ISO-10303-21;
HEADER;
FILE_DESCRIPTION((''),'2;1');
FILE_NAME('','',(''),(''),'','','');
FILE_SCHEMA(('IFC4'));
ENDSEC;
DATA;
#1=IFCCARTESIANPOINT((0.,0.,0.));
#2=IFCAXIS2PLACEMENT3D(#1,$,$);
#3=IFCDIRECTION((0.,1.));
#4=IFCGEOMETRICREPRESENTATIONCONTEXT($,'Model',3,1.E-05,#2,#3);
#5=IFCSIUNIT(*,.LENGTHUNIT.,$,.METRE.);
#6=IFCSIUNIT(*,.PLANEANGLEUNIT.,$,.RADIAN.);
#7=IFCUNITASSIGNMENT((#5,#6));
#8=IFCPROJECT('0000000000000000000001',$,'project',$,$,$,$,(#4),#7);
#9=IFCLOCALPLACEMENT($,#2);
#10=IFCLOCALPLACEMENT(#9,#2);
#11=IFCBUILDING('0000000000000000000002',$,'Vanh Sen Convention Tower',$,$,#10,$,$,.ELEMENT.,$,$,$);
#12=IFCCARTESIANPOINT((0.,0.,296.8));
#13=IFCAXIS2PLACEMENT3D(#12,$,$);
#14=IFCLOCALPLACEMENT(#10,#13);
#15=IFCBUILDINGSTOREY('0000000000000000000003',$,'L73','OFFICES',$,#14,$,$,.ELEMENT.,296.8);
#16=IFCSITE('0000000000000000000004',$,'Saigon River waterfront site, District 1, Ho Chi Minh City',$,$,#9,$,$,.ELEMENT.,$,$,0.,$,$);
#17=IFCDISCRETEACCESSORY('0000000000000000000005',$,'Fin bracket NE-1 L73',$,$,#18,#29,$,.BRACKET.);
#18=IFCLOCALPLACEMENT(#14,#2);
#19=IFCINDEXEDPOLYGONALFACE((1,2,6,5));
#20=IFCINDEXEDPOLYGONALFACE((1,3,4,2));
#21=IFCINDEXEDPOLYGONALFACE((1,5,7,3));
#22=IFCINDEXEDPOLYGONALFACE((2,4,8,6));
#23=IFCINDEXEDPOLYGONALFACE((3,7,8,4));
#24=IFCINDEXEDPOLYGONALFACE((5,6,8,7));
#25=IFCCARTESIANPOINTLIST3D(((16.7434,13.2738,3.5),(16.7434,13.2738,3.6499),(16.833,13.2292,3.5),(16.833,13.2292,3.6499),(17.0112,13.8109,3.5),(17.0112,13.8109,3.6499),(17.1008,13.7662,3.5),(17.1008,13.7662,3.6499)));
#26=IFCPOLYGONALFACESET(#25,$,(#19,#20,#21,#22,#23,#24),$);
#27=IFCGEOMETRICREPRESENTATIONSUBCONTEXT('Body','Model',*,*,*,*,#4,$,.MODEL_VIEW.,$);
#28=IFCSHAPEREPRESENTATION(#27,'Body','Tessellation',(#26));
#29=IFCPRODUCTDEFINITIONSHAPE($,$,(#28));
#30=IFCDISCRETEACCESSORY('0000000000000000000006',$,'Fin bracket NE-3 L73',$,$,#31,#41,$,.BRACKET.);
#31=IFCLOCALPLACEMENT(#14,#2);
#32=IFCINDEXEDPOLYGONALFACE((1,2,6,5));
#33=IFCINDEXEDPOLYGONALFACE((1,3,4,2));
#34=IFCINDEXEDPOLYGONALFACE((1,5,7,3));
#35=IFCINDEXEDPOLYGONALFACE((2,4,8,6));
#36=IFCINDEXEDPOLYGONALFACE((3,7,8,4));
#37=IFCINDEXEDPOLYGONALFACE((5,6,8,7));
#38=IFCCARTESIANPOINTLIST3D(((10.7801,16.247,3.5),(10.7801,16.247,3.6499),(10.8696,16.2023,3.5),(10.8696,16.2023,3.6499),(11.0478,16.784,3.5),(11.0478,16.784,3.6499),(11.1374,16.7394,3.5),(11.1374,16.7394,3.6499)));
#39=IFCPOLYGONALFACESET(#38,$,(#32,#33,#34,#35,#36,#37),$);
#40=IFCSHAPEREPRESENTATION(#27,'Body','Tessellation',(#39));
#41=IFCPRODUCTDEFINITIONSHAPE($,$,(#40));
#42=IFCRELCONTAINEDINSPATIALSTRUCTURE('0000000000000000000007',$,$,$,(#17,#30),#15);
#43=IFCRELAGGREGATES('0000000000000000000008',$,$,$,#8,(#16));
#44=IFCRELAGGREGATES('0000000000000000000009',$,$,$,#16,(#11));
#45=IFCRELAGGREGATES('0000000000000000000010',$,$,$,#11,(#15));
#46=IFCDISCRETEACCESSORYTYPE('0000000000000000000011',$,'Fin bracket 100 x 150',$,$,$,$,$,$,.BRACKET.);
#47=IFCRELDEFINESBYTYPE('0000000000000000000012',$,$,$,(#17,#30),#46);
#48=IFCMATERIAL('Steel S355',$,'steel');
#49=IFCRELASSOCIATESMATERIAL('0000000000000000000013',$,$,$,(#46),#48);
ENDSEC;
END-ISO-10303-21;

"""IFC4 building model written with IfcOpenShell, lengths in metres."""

from ifc_helpers import new_model, si_unit, direction, frame, origin, origin_2d, place, context, subcontext, project, spatial, rectangle, extrude, material, type_object, element, save


model = new_model("IFC4")

# Units and contexts
model_context = context("Model", 3, precision=1e-05, world=origin(), true_north=direction((0.0, 1.0)))
body_context = subcontext(model_context, "Body", "Model", "MODEL_VIEW")
ifc_project = project(units=[si_unit("LENGTHUNIT", "METRE"), si_unit("PLANEANGLEUNIT", "RADIAN")], contexts=[model_context])

# Site, building, storey
site_placement = place(None, origin())
site = spatial("IfcSite", under=ifc_project, at=site_placement, Name="Saigon River waterfront site, District 1, Ho Chi Minh City", CompositionType="ELEMENT", RefElevation=0.0)
building_placement = place(site_placement, origin())
building = spatial("IfcBuilding", under=site, at=building_placement, Name="Vanh Sen Convention Tower", CompositionType="ELEMENT")
storey_placement = place(building_placement, frame((0.0, 0.0, 296.8)))
storey = spatial("IfcBuildingStorey", under=building, at=storey_placement, Name="L73", Description="OFFICES", CompositionType="ELEMENT", Elevation=296.8)

# Discrete accessories
ifc_material_1 = material(Name="Steel S355", Category="steel")
discrete_accessory_type = type_object("IfcDiscreteAccessoryType", Name="Fin bracket 100 x 150", PredefinedType="BRACKET", material=ifc_material_1)
for number, where, z_axis, x_axis, name in (
    (1, (16.9221, 13.52, 3.5), (0.0, 0.0, 1.0), (0.446198, 0.894934, 0.0), "Fin bracket NE-1 L73"),
    (2, (10.9587, 16.4932, 3.5), (0.0, 0.0, 1.0), (0.446198, 0.894934, 0.0), "Fin bracket NE-3 L73"),
):
    element("IfcDiscreteAccessory", number, at=place(storey_placement, frame(where, z_axis=z_axis, x_axis=x_axis)), inside=storey, type_object=discrete_accessory_type, Name=name, PredefinedType="BRACKET", context=body_context, shape_type="SweptSolid", body=[
        extrude(rectangle(XDim=0.6001, YDim=0.1001, at=origin_2d()), origin(), (0.0, 0.0, 1.0), 0.1499),
    ])

save(model, "model.ifc")
